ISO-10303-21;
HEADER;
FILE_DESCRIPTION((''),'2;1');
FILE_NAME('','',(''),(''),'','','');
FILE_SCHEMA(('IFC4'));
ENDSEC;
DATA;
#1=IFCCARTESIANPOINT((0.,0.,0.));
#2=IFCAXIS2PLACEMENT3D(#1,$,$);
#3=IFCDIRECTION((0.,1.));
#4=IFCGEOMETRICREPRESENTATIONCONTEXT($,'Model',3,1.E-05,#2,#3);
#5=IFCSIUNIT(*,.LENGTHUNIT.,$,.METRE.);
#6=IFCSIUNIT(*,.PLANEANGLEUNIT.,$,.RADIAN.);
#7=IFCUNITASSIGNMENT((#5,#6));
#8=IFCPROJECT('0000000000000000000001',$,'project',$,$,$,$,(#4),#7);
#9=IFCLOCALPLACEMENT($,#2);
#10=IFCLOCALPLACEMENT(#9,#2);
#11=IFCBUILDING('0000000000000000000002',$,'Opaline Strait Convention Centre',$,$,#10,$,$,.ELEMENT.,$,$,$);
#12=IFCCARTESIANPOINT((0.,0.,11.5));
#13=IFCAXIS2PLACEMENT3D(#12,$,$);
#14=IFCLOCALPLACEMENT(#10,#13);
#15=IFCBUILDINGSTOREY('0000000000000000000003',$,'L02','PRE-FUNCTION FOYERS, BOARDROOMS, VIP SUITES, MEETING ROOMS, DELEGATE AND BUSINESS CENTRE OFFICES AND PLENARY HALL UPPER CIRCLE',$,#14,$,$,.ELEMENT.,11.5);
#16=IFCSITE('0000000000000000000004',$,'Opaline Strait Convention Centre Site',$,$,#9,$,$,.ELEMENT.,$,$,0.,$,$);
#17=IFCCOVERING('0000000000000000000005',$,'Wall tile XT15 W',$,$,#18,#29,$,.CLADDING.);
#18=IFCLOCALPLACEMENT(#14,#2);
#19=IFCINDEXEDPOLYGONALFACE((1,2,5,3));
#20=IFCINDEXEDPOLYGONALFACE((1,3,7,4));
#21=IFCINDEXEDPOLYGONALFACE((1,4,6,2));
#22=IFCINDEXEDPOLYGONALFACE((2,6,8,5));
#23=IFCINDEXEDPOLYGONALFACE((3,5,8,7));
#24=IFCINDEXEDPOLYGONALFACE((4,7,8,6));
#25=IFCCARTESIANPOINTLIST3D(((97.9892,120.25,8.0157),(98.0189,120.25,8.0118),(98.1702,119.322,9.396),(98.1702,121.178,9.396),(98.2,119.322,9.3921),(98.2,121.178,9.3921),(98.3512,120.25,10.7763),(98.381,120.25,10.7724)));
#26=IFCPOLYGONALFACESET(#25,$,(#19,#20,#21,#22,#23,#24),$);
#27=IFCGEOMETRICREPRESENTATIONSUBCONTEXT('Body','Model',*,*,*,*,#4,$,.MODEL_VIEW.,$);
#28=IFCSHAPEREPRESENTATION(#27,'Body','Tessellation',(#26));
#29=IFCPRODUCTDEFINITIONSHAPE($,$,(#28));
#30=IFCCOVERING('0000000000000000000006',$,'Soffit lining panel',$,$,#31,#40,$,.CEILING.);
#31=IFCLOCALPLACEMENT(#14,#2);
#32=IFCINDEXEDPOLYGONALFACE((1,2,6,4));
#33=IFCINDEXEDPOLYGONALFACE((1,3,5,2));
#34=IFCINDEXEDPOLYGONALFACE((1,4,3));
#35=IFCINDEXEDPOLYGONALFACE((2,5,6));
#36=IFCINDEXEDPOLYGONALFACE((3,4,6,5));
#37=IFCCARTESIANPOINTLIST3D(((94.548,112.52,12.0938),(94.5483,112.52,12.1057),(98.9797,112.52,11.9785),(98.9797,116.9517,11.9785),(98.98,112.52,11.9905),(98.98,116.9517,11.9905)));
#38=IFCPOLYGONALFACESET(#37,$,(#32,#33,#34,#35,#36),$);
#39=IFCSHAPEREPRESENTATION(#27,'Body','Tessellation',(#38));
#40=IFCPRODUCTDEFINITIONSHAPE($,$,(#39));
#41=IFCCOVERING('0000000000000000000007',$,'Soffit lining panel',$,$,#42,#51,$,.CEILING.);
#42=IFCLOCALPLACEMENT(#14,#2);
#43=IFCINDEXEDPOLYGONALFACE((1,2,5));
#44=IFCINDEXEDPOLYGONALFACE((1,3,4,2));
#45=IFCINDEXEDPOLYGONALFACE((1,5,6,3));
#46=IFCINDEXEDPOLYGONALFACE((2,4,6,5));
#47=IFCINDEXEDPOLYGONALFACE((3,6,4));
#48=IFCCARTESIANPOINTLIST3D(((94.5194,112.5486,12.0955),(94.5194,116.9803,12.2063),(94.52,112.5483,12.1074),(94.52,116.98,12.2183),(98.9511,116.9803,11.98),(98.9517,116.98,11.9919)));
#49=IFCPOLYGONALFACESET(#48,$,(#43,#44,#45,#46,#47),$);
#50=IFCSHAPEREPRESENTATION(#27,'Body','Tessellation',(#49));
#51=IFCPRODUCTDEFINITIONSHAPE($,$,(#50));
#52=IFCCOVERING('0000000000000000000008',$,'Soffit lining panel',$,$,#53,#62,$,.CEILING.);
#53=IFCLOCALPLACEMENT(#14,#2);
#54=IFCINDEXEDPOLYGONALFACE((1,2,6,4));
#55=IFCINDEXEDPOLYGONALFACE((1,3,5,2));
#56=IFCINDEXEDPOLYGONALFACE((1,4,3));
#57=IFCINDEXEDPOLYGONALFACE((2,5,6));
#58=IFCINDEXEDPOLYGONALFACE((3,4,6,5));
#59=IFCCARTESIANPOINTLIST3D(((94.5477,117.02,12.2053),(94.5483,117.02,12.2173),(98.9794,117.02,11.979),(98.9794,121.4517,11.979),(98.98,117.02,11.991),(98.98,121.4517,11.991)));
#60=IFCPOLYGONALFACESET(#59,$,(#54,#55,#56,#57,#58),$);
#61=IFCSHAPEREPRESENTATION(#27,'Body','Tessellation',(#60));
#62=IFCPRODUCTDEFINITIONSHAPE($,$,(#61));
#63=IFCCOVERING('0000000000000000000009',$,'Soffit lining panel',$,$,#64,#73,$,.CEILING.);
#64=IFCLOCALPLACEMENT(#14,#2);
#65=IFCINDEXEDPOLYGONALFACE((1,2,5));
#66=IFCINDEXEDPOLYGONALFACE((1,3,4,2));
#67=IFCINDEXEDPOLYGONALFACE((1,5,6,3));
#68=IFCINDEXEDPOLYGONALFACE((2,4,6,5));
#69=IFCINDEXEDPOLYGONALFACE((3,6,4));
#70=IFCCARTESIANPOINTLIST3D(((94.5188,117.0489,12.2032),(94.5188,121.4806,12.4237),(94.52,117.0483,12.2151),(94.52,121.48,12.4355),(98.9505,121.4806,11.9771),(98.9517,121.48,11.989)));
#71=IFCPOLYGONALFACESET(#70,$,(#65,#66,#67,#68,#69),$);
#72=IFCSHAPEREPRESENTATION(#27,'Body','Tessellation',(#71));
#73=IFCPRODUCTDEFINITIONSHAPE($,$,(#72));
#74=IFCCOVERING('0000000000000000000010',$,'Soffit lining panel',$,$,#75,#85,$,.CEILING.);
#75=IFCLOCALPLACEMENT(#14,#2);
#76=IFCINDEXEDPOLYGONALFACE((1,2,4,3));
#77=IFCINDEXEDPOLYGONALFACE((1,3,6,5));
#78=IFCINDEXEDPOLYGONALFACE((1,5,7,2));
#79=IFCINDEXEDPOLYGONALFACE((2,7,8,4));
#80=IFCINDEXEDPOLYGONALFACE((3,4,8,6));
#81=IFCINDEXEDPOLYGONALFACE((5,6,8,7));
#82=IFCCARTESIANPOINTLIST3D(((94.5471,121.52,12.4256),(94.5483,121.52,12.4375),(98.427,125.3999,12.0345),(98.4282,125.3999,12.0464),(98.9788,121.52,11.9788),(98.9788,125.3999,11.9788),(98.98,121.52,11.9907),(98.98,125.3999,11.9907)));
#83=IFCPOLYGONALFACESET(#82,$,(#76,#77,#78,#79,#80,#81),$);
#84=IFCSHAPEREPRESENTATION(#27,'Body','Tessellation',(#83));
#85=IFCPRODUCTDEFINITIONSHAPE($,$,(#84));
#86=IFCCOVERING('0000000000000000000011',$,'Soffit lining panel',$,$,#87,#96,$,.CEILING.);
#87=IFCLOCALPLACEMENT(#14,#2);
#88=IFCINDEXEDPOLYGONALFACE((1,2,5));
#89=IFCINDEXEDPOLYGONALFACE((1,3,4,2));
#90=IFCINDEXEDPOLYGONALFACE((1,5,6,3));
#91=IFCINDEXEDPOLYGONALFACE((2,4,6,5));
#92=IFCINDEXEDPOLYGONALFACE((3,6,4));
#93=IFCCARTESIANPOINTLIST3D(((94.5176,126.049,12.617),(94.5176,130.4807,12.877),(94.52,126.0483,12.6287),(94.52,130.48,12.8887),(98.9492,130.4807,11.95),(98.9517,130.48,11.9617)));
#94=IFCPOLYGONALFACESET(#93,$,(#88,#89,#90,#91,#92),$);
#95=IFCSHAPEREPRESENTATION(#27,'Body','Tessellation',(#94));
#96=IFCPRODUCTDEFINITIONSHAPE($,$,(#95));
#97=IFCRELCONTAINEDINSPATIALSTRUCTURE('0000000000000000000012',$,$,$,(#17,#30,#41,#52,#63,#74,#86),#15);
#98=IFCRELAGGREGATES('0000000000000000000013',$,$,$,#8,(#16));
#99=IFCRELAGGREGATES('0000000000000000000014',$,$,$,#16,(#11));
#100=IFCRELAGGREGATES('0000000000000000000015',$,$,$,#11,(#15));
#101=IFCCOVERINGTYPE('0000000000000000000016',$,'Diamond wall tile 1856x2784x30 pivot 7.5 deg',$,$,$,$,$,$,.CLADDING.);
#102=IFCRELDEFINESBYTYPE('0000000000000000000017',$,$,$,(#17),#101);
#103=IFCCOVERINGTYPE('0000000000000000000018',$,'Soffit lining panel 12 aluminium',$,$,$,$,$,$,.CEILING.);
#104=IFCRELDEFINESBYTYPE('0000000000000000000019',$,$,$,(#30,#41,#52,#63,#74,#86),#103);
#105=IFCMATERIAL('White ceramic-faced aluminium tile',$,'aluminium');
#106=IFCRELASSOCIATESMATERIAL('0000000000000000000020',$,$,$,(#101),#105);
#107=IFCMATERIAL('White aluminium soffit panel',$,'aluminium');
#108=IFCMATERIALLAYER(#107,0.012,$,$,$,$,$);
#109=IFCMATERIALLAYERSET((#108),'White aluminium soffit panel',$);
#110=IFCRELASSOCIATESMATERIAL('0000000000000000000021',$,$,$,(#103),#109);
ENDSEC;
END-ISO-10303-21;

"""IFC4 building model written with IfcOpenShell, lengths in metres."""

from ifc_helpers import new_model, si_unit, direction, frame, origin, place, context, subcontext, project, spatial, polyline, outline, extrude, material, layer, layer_set, material_profile, profile_set, type_object, element, save


model = new_model("IFC4")

# Units and contexts
model_context = context("Model", 3, precision=1e-05, world=origin(), true_north=direction((0.0, 1.0)))
body_context = subcontext(model_context, "Body", "Model", "MODEL_VIEW")
ifc_project = project(units=[si_unit("LENGTHUNIT", "METRE"), si_unit("PLANEANGLEUNIT", "RADIAN")], contexts=[model_context])

# Site, building, storey
site_placement = place(None, origin())
site = spatial("IfcSite", under=ifc_project, at=site_placement, Name="Opaline Strait Convention Centre Site", CompositionType="ELEMENT", RefElevation=0.0)
building_placement = place(site_placement, origin())
building = spatial("IfcBuilding", under=site, at=building_placement, Name="Opaline Strait Convention Centre", CompositionType="ELEMENT")
storey_placement = place(building_placement, frame((0.0, 0.0, 11.5)))
storey = spatial("IfcBuildingStorey", under=building, at=storey_placement, Name="L02", Description="PRE-FUNCTION FOYERS, BOARDROOMS, VIP SUITES, MEETING ROOMS, DELEGATE AND BUSINESS CENTRE OFFICES AND PLENARY HALL UPPER CIRCLE", CompositionType="ELEMENT", Elevation=11.5)

# Coverings
ifc_material_1 = material(Name="White ceramic-faced aluminium tile", Category="aluminium")
ifc_material_profile_1 = material_profile(ifc_material_1, outline(polyline([(0.928, 0.0), (0.0, 1.3921), (-0.928, 0.0), (0.0, -1.3921), (0.928, 0.0)])), Name="Diamond tile 1856x2784")
ifc_profile_set_1 = profile_set([ifc_material_profile_1], Name="White ceramic-faced aluminium tile")
covering_type_1 = type_object("IfcCoveringType", Name="Diamond wall tile 1856x2784x30 pivot 7.5 deg", PredefinedType="CLADDING", material=ifc_profile_set_1)
covering_1_placement = place(storey_placement, frame((98.2, 120.25, 9.3921), z_axis=(-0.99151, 0.0, 0.130034), x_axis=(0.0, -1.0, 0.0)))
element("IfcCovering", 1, at=covering_1_placement, inside=storey, type_object=covering_type_1, Name="Wall tile XT15 W", PredefinedType="CLADDING", context=body_context, shape_type="SweptSolid", body=[
    extrude(outline(polyline([(0.928, 0.0), (0.0, 1.3921), (-0.928, 0.0), (0.0, -1.3921), (0.928, 0.0)])), origin(), (0.0, 0.0, 1.0), 0.03),
])
ifc_material_2 = material(Name="White aluminium soffit panel", Category="aluminium")
ifc_layer_1 = layer(ifc_material_2, 0.012)
ifc_layer_set_1 = layer_set([ifc_layer_1], Name="White aluminium soffit panel")
covering_type_2 = type_object("IfcCoveringType", Name="Soffit lining panel 12 aluminium", PredefinedType="CEILING", material=ifc_layer_set_1)
covering_2_placement = place(storey_placement, frame((94.5483, 112.52, 12.1057), z_axis=(0.025994, 0.0, 0.999662), x_axis=(0.706987, 0.706987, -0.018384)))
element("IfcCovering", 2, at=covering_2_placement, inside=storey, type_object=covering_type_2, Name="Soffit lining panel", PredefinedType="CEILING", context=body_context, shape_type="SweptSolid", body=[
    extrude(outline(polyline([(0.0, 0.0), (6.2683, 0.0), (3.1352, -3.1342), (0.0, 0.0)])), origin(), (0.0, 0.0, -1.0), 0.012),
])
covering_3_placement = place(storey_placement, frame((94.52, 112.5483, 12.1074), z_axis=(0.050986, -0.024971, 0.998387), x_axis=(0.0, 0.999687, 0.025003)))
element("IfcCovering", 3, at=covering_3_placement, inside=storey, type_object=covering_type_2, Name="Soffit lining panel", PredefinedType="CEILING", context=body_context, shape_type="SweptSolid", body=[
    extrude(outline(polyline([(0.0, 0.0), (4.433, 0.0), (4.4274, -4.4374), (0.0, 0.0)])), origin(), (0.0, 0.0, -1.0), 0.012),
])
covering_4_placement = place(storey_placement, frame((94.5483, 117.02, 12.2173), z_axis=(0.051002, 0.0, 0.998699), x_axis=(0.706646, 0.706646, -0.036088)))
element("IfcCovering", 4, at=covering_4_placement, inside=storey, type_object=covering_type_2, Name="Soffit lining panel", PredefinedType="CEILING", context=body_context, shape_type="SweptSolid", body=[
    extrude(outline(polyline([(0.0, 0.0), (6.2714, 0.0), (3.1398, -3.1357), (0.0, 0.0)])), origin(), (0.0, 0.0, -1.0), 0.012),
])
covering_5_placement = place(storey_placement, frame((94.52, 117.0483, 12.2151), z_axis=(0.10013, -0.049435, 0.993745), x_axis=(0.0, 0.998765, 0.049685)))
element("IfcCovering", 5, at=covering_5_placement, inside=storey, type_object=covering_type_2, Name="Soffit lining panel", PredefinedType="CEILING", context=body_context, shape_type="SweptSolid", body=[
    extrude(outline(polyline([(0.0, 0.0), (4.4371, 0.0), (4.4149, -4.454), (0.0, 0.0)])), origin(), (0.0, 0.0, -1.0), 0.012),
])
covering_6_placement = place(storey_placement, frame((94.5483, 121.52, 12.4375), z_axis=(0.100314, -0.000009, 0.994956), x_axis=(0.705317, 0.705317, -0.071106)))
element("IfcCovering", 6, at=covering_6_placement, inside=storey, type_object=covering_type_2, Name="Soffit lining panel", PredefinedType="CEILING", context=body_context, shape_type="SweptSolid", body=[
    extrude(outline(polyline([(0.0, 0.0), (5.5009, 0.0), (5.894, -0.3911), (3.1575, -3.1416), (0.0, 0.0)])), origin(), (0.0, 0.0, -1.0), 0.012),
])
covering_7_placement = place(storey_placement, frame((94.52, 126.0483, 12.6287), z_axis=(0.20441, -0.057334, 0.977205), x_axis=(0.0, 0.998283, 0.05857)))
element("IfcCovering", 7, at=covering_7_placement, inside=storey, type_object=covering_type_2, Name="Soffit lining panel", PredefinedType="CEILING", context=body_context, shape_type="SweptSolid", body=[
    extrude(outline(polyline([(0.0, 0.0), (4.4393, 0.0), (4.385, -4.5272), (0.0, 0.0)])), origin(), (0.0, 0.0, -1.0), 0.012),
])

save(model, "model.ifc")
